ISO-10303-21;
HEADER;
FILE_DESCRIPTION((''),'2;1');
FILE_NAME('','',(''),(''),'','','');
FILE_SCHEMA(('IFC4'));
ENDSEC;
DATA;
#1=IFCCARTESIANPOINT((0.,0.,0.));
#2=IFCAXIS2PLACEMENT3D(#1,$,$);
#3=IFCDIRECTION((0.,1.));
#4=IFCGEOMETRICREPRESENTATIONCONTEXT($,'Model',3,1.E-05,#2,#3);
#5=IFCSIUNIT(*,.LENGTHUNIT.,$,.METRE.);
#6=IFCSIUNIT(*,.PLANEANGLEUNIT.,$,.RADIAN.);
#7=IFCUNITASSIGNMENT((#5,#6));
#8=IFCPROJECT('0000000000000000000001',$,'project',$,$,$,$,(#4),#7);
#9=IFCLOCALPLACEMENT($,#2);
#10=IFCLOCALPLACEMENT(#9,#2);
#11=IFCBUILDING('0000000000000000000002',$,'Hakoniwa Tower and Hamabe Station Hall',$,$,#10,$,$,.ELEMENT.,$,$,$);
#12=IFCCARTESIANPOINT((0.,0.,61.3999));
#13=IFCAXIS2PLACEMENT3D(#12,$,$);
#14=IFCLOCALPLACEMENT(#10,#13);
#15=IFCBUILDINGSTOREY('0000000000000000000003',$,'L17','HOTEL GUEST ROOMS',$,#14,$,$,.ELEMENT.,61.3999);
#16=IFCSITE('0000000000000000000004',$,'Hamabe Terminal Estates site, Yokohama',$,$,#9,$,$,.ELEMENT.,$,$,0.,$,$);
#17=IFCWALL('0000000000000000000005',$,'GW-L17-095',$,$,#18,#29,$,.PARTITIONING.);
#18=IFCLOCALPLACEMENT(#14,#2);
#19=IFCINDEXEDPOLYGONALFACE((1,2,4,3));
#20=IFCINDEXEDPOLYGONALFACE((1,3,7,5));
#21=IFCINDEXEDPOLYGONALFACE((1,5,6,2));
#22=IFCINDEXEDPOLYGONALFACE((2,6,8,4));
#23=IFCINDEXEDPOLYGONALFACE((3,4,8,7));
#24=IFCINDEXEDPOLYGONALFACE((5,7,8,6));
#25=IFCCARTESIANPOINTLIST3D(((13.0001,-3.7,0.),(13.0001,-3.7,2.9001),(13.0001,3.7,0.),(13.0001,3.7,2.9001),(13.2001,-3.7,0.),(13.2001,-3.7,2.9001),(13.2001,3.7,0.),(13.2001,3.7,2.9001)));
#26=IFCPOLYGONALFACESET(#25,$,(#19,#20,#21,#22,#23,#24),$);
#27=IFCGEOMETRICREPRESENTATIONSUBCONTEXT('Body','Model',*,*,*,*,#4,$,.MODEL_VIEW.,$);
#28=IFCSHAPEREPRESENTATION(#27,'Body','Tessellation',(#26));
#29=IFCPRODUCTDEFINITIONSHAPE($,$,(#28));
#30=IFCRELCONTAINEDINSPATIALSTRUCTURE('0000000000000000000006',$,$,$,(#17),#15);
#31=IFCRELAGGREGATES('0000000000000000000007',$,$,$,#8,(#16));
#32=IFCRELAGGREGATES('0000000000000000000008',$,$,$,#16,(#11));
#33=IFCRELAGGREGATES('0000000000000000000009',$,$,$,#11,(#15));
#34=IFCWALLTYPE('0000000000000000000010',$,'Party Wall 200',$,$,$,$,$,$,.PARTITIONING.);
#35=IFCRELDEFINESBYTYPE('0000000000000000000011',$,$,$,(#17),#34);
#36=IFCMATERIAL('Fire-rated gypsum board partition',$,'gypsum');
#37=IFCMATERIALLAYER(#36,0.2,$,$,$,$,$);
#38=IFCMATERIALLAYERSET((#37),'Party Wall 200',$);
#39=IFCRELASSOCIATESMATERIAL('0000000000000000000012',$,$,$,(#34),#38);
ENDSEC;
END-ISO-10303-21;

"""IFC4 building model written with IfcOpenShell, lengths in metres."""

from ifc_helpers import new_model, si_unit, direction, frame, frame_2d, origin, place, context, subcontext, project, spatial, rectangle, extrude, material, layer, layer_set, type_object, element, save


model = new_model("IFC4")

# Units and contexts
model_context = context("Model", 3, precision=1e-05, world=origin(), true_north=direction((0.0, 1.0)))
body_context = subcontext(model_context, "Body", "Model", "MODEL_VIEW")
ifc_project = project(units=[si_unit("LENGTHUNIT", "METRE"), si_unit("PLANEANGLEUNIT", "RADIAN")], contexts=[model_context])

# Site, building, storey
site_placement = place(None, origin())
site = spatial("IfcSite", under=ifc_project, at=site_placement, Name="Hamabe Terminal Estates site, Yokohama", CompositionType="ELEMENT", RefElevation=0.0)
building_placement = place(site_placement, origin())
building = spatial("IfcBuilding", under=site, at=building_placement, Name="Hakoniwa Tower and Hamabe Station Hall", CompositionType="ELEMENT")
storey_placement = place(building_placement, frame((0.0, 0.0, 61.3999)))
storey = spatial("IfcBuildingStorey", under=building, at=storey_placement, Name="L17", Description="HOTEL GUEST ROOMS", CompositionType="ELEMENT", Elevation=61.3999)

# Wall
ifc_material_1 = material(Name="Fire-rated gypsum board partition", Category="gypsum")
ifc_layer_1 = layer(ifc_material_1, 0.2)
ifc_layer_set_1 = layer_set([ifc_layer_1], Name="Party Wall 200")
wall_type_1 = type_object("IfcWallType", Name="Party Wall 200", PredefinedType="PARTITIONING", material=ifc_layer_set_1)
wall_1_placement = place(storey_placement, frame((13.1001, -3.7, 0.0), z_axis=(0.0, 0.0, 1.0), x_axis=(0.0, 1.0, 0.0)))
element("IfcWall", 1, at=wall_1_placement, inside=storey, type_object=wall_type_1, Name="GW-L17-095", PredefinedType="PARTITIONING", context=body_context, shape_type="SweptSolid", body=[
    extrude(rectangle(XDim=7.3999, YDim=0.2, at=frame_2d((3.7, 0.0))), origin(), (0.0, 0.0, 1.0), 2.9001),
])

save(model, "model.ifc")
